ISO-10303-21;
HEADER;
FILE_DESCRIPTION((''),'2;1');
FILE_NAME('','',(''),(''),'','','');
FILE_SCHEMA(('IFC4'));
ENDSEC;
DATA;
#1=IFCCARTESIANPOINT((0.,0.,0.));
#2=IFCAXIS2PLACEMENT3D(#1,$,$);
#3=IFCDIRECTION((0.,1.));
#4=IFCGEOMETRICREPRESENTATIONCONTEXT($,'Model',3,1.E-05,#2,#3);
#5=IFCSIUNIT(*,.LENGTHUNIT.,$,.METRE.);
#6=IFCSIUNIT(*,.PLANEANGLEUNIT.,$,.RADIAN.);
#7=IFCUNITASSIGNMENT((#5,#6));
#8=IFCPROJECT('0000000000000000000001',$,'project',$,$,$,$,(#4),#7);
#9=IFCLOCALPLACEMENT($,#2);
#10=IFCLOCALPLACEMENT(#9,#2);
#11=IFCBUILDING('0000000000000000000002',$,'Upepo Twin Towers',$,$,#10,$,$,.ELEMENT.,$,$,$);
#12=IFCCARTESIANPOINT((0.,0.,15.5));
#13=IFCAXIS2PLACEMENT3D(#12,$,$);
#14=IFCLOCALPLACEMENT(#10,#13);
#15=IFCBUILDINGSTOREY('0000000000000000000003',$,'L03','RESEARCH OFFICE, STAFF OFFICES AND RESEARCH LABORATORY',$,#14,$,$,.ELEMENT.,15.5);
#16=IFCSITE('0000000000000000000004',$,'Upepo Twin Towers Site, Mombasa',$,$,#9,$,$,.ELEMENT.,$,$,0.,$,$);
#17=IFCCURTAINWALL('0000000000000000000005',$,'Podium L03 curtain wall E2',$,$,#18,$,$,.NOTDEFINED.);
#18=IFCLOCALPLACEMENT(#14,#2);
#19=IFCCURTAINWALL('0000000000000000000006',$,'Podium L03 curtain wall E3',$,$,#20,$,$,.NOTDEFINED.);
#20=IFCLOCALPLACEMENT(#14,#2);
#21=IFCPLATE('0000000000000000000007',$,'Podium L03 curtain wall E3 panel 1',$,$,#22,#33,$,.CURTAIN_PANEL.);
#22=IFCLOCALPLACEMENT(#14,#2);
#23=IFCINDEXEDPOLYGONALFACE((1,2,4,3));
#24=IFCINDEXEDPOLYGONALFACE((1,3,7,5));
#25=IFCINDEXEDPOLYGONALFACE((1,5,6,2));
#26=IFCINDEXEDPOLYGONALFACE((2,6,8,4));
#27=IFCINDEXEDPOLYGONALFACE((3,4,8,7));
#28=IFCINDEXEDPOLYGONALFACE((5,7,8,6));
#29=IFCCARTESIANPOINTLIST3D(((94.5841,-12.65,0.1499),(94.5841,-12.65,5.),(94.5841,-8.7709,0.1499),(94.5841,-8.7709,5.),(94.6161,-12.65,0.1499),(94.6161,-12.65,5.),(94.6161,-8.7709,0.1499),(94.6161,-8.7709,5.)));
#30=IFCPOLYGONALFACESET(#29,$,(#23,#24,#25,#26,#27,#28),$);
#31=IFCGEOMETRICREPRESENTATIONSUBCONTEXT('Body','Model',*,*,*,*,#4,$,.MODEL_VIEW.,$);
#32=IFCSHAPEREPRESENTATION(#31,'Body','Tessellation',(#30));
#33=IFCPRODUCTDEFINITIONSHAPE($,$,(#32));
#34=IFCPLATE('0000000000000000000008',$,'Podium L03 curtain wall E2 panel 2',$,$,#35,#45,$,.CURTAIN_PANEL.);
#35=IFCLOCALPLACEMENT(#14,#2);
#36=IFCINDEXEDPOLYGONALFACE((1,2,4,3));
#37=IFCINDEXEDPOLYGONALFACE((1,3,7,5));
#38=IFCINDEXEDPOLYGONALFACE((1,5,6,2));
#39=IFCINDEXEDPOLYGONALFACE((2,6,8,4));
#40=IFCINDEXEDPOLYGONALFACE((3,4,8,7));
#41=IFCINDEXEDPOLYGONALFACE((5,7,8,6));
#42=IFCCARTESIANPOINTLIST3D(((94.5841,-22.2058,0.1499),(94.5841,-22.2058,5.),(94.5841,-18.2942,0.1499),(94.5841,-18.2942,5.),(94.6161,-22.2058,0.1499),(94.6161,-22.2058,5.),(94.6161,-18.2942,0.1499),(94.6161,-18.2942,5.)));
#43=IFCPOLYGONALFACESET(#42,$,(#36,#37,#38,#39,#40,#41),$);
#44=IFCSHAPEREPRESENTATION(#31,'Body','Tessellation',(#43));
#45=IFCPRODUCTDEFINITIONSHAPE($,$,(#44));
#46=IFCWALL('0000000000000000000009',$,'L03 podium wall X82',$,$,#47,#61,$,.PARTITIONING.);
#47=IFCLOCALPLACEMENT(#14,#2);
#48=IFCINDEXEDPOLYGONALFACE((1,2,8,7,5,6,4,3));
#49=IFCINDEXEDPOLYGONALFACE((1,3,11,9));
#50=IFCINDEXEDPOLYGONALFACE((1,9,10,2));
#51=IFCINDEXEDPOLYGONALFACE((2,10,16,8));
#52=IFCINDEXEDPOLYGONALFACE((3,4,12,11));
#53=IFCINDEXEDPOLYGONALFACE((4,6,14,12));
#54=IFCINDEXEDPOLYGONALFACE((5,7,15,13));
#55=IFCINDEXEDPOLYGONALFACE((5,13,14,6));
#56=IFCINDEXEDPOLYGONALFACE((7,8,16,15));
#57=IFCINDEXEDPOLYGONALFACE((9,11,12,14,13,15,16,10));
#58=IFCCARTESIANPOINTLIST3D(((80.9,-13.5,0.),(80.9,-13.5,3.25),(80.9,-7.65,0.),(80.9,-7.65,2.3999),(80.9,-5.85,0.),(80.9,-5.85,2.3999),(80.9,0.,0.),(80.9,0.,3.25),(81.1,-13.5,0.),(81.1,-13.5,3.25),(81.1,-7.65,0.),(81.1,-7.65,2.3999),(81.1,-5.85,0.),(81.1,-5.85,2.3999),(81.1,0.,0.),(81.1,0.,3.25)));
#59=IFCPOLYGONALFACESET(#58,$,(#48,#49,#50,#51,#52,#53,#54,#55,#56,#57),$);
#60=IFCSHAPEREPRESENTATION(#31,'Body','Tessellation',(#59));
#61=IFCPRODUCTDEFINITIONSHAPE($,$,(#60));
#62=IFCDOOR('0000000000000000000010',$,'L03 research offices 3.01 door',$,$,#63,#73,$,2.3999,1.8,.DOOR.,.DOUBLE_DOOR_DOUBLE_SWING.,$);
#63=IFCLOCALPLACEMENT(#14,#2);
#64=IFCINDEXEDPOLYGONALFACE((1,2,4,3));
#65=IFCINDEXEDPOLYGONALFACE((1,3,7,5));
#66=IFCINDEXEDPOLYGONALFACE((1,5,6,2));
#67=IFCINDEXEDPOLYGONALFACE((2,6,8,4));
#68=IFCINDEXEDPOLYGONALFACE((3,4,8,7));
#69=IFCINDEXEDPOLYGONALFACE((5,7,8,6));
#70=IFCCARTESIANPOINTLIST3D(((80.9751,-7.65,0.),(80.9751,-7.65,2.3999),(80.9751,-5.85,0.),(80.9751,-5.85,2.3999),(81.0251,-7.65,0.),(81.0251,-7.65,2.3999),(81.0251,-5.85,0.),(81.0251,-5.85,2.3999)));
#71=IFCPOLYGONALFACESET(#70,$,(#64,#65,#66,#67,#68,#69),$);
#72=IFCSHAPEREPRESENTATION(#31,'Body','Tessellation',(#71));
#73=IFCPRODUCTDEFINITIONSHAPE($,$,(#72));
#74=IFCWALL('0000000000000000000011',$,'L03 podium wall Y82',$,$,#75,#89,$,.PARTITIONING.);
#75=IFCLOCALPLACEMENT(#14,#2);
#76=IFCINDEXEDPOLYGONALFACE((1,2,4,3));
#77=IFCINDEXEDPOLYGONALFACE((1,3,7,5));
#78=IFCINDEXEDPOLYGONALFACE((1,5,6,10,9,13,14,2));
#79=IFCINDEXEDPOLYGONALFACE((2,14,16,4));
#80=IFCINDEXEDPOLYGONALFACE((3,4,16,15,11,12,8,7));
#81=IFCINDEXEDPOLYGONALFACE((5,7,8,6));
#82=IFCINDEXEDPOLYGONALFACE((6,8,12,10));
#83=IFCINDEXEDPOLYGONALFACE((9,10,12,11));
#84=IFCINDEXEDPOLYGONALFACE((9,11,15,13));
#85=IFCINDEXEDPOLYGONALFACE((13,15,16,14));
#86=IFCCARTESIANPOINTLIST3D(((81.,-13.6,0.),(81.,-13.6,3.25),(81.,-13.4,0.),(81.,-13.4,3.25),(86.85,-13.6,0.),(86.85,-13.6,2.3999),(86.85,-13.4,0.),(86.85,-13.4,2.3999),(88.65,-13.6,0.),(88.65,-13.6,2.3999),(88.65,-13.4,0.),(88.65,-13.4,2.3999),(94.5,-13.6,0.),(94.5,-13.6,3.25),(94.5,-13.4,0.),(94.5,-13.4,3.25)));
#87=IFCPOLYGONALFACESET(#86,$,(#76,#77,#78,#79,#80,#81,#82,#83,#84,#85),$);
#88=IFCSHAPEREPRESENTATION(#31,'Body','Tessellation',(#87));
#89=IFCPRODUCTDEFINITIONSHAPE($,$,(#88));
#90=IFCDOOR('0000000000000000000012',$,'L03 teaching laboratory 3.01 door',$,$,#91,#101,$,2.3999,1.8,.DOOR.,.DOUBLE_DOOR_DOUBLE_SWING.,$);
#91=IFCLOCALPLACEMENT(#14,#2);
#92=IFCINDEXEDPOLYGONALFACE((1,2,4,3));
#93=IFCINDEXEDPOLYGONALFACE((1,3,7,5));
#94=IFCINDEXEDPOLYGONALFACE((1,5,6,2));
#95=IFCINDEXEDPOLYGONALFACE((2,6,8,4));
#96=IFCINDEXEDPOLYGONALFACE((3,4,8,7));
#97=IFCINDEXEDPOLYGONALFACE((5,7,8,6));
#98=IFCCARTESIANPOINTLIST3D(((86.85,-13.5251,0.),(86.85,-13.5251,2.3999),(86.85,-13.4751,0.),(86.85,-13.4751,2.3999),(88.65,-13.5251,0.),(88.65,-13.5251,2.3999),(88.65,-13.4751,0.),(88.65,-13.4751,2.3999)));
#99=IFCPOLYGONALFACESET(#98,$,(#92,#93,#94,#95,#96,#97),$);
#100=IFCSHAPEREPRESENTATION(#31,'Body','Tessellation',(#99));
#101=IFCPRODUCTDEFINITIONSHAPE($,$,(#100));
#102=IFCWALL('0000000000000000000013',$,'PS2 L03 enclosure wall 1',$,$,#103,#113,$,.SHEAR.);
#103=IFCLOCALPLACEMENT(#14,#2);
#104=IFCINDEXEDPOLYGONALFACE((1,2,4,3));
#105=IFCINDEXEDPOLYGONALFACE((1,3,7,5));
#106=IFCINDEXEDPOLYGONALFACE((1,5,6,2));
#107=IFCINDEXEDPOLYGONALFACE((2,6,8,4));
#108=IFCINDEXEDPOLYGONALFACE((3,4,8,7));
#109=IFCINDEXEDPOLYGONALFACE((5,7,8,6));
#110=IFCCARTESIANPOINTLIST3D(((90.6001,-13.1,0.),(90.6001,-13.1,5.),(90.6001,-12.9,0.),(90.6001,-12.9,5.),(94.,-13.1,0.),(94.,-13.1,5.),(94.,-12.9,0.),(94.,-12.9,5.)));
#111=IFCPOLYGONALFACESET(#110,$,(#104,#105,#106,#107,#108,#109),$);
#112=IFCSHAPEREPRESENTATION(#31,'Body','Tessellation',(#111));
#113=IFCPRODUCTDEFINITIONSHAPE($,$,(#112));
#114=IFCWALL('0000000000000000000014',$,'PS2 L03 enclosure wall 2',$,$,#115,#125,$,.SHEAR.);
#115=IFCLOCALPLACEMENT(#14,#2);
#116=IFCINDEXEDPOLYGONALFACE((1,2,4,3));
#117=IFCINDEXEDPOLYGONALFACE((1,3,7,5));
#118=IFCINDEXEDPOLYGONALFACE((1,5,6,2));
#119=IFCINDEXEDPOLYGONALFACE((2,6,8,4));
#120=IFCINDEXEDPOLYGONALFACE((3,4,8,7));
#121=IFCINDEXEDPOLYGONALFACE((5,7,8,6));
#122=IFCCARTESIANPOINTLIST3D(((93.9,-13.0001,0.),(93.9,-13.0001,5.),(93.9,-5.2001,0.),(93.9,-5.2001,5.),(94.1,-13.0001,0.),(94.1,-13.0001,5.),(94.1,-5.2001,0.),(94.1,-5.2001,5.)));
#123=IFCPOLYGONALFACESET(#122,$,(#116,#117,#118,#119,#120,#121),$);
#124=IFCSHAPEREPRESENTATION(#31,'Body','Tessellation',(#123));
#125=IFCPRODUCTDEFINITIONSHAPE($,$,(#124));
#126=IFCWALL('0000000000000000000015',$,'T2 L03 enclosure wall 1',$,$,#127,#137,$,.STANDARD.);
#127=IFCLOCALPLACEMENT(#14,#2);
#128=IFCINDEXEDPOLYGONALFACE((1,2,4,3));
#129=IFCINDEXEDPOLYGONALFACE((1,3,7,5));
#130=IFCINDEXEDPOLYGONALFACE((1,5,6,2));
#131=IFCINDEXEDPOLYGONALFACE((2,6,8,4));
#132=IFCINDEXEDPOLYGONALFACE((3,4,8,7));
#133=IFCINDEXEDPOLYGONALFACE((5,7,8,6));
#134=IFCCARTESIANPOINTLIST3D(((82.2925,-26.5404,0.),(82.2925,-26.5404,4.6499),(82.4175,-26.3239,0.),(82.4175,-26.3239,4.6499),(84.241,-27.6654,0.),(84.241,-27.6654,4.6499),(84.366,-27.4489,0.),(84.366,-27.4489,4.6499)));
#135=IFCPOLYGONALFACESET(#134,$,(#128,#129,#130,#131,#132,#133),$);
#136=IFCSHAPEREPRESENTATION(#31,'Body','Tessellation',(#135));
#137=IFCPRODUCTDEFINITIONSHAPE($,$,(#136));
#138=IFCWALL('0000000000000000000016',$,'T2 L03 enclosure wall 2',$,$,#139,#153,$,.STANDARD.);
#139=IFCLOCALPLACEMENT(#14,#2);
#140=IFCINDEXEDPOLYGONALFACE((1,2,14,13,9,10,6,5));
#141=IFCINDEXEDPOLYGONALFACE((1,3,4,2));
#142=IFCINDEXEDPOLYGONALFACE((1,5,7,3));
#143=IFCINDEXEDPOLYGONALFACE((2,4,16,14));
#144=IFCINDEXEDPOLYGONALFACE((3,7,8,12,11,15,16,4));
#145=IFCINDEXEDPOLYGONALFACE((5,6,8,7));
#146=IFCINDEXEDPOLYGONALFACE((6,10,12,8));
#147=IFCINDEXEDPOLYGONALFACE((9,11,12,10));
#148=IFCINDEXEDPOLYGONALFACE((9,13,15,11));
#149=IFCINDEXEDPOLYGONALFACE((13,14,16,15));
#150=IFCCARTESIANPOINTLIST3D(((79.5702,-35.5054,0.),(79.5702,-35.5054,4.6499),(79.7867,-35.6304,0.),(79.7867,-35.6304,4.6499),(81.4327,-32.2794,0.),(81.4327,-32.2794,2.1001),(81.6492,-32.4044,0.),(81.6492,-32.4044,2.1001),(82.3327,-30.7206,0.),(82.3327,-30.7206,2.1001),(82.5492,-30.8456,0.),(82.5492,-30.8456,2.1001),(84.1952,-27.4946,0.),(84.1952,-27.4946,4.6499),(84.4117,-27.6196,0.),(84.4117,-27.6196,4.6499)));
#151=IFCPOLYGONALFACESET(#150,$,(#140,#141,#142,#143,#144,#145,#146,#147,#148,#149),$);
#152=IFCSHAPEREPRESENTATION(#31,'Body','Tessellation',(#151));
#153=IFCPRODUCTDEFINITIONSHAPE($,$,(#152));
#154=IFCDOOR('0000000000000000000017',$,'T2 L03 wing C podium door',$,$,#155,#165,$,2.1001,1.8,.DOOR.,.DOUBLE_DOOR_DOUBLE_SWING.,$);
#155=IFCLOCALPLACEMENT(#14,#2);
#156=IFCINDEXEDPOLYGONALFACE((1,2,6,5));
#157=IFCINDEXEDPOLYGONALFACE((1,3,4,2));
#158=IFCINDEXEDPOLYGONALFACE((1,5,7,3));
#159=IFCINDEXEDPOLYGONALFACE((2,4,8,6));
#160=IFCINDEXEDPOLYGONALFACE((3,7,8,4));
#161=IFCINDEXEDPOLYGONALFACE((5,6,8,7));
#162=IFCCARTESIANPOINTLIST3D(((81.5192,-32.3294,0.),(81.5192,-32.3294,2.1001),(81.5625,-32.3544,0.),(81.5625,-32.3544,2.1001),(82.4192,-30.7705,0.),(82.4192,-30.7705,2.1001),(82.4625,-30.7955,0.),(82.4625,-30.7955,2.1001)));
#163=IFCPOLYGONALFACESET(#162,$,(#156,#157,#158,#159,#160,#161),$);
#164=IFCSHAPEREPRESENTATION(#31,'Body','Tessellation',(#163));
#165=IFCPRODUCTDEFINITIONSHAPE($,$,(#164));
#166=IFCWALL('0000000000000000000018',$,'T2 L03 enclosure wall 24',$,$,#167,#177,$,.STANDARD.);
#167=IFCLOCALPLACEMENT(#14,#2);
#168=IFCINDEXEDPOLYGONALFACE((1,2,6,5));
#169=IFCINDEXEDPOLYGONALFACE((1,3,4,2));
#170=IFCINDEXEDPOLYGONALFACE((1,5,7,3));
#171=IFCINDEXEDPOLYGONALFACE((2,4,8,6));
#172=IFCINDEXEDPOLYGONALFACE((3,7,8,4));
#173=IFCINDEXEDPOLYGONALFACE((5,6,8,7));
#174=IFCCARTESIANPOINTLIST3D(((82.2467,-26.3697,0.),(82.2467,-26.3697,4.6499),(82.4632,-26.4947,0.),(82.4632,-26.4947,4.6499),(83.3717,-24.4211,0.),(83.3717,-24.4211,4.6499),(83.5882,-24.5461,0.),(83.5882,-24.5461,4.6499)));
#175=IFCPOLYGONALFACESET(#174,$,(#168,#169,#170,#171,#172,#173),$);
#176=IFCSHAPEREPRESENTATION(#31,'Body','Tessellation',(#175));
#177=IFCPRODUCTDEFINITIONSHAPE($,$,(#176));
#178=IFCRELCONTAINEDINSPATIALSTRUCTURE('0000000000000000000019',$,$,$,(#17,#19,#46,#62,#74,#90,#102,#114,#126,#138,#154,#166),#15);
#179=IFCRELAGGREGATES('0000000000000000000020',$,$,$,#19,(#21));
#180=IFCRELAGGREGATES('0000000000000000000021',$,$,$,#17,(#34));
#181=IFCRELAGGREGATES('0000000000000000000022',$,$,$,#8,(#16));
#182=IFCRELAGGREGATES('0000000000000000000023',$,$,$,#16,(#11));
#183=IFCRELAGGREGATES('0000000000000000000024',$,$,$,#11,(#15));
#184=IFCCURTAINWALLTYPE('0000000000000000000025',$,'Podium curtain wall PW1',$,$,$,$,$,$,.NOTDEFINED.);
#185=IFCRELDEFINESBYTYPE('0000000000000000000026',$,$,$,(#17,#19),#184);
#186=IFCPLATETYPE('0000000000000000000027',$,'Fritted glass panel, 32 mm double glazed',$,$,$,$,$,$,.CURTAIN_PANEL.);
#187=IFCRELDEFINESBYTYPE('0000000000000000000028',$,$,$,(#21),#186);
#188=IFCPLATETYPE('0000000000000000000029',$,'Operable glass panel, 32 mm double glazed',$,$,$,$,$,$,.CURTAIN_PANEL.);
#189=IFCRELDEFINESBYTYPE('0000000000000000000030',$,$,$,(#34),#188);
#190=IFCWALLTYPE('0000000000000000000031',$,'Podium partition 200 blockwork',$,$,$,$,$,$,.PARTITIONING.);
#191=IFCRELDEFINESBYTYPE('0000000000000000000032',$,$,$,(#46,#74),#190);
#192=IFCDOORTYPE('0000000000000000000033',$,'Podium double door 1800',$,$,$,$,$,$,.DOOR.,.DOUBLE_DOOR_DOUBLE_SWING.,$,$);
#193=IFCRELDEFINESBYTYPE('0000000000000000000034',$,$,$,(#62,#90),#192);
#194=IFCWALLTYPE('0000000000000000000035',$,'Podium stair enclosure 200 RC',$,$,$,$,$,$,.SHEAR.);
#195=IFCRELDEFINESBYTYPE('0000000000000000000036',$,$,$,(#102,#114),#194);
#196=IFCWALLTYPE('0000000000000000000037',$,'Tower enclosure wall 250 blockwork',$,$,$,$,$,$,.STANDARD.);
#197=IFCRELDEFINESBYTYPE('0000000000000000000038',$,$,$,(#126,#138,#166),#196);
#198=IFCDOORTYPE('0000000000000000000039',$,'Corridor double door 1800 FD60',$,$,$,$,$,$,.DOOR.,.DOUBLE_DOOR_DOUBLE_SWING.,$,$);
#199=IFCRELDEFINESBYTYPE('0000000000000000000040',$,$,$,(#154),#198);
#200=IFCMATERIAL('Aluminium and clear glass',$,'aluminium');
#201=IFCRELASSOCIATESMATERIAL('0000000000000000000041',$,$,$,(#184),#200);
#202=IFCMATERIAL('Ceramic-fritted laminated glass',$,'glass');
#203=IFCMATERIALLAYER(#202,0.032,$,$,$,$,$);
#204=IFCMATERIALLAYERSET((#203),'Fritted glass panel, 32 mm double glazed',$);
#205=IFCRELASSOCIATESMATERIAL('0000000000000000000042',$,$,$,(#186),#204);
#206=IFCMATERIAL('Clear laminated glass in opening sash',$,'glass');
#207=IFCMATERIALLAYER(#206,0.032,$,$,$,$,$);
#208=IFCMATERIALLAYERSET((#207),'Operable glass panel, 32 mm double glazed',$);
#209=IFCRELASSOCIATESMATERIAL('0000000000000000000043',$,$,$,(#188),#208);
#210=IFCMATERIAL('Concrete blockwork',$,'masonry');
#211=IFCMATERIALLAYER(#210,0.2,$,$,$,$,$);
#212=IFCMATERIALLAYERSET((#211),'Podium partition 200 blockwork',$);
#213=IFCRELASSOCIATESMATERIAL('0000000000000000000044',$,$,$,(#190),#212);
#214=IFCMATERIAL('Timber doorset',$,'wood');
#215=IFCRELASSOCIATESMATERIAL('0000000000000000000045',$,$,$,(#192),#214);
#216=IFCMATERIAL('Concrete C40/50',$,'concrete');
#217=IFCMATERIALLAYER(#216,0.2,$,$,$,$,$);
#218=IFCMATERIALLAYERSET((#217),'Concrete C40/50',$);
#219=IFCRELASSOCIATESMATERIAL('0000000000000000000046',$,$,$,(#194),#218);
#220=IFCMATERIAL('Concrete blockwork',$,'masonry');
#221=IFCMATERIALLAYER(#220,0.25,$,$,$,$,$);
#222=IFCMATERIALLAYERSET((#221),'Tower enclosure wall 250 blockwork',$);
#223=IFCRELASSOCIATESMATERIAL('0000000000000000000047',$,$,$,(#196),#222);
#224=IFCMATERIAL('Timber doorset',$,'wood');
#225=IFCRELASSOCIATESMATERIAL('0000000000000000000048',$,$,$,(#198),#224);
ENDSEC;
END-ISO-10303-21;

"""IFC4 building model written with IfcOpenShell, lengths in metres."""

from ifc_helpers import new_model, si_unit, direction, frame, frame_2d, origin, origin_2d, place, context, subcontext, project, spatial, rectangle, extrude, material, layer, layer_set, type_object, element, fill, aggregate, save


model = new_model("IFC4")

# Units and contexts
model_context = context("Model", 3, precision=1e-05, world=origin(), true_north=direction((0.0, 1.0)))
body_context = subcontext(model_context, "Body", "Model", "MODEL_VIEW")
ifc_project = project(units=[si_unit("LENGTHUNIT", "METRE"), si_unit("PLANEANGLEUNIT", "RADIAN")], contexts=[model_context])

# Site, building, storey
site_placement = place(None, origin())
site = spatial("IfcSite", under=ifc_project, at=site_placement, Name="Upepo Twin Towers Site, Mombasa", CompositionType="ELEMENT", RefElevation=0.0)
building_placement = place(site_placement, origin())
building = spatial("IfcBuilding", under=site, at=building_placement, Name="Upepo Twin Towers", CompositionType="ELEMENT")
storey_placement = place(building_placement, frame((0.0, 0.0, 15.5)))
storey = spatial("IfcBuildingStorey", under=building, at=storey_placement, Name="L03", Description="RESEARCH OFFICE, STAFF OFFICES AND RESEARCH LABORATORY", CompositionType="ELEMENT", Elevation=15.5)

# Curtain walls
ifc_material_1 = material(Name="Aluminium and clear glass", Category="aluminium")
curtain_wall_type = type_object("IfcCurtainWallType", Name="Podium curtain wall PW1", PredefinedType="NOTDEFINED", material=ifc_material_1)
curtain_wall_1_placement = place(storey_placement, origin())
curtain_wall_1 = element("IfcCurtainWall", 1, at=curtain_wall_1_placement, inside=storey, type_object=curtain_wall_type, Name="Podium L03 curtain wall E2", PredefinedType="NOTDEFINED")
curtain_wall_2_placement = place(storey_placement, origin())
curtain_wall_2 = element("IfcCurtainWall", 2, at=curtain_wall_2_placement, inside=storey, type_object=curtain_wall_type, Name="Podium L03 curtain wall E3", PredefinedType="NOTDEFINED")

# Plates
ifc_material_2 = material(Name="Ceramic-fritted laminated glass", Category="glass")
ifc_layer_1 = layer(ifc_material_2, 0.032)
ifc_layer_set_1 = layer_set([ifc_layer_1], Name="Fritted glass panel, 32 mm double glazed")
plate_type_1 = type_object("IfcPlateType", Name="Fritted glass panel, 32 mm double glazed", PredefinedType="CURTAIN_PANEL", material=ifc_layer_set_1)
plate_1_placement = place(storey_placement, frame((94.6001, -10.7104, 0.1499), z_axis=(0.0, 0.0, 1.0), x_axis=(0.0, 1.0, 0.0)))
plate_1 = element("IfcPlate", 3, at=plate_1_placement, type_object=plate_type_1, Name="Podium L03 curtain wall E3 panel 1", PredefinedType="CURTAIN_PANEL", context=body_context, shape_type="SweptSolid", body=[
    extrude(rectangle(XDim=3.8792, YDim=0.032, at=origin_2d()), origin(), (0.0, 0.0, 1.0), 4.8501),
])
aggregate(curtain_wall_2, [plate_1])
ifc_material_3 = material(Name="Clear laminated glass in opening sash", Category="glass")
ifc_layer_2 = layer(ifc_material_3, 0.032)
ifc_layer_set_2 = layer_set([ifc_layer_2], Name="Operable glass panel, 32 mm double glazed")
plate_type_2 = type_object("IfcPlateType", Name="Operable glass panel, 32 mm double glazed", PredefinedType="CURTAIN_PANEL", material=ifc_layer_set_2)
plate_2_placement = place(storey_placement, frame((94.6001, -20.25, 0.1499), z_axis=(0.0, 0.0, 1.0), x_axis=(0.0, 1.0, 0.0)))
plate_2 = element("IfcPlate", 4, at=plate_2_placement, type_object=plate_type_2, Name="Podium L03 curtain wall E2 panel 2", PredefinedType="CURTAIN_PANEL", context=body_context, shape_type="SweptSolid", body=[
    extrude(rectangle(XDim=3.9116, YDim=0.032, at=origin_2d()), origin(), (0.0, 0.0, 1.0), 4.8501),
])
aggregate(curtain_wall_1, [plate_2])

# Walls, openings, doors
ifc_material_4 = material(Name="Concrete blockwork", Category="masonry")
ifc_layer_3 = layer(ifc_material_4, 0.2)
ifc_layer_set_3 = layer_set([ifc_layer_3], Name="Podium partition 200 blockwork")
wall_type_1 = type_object("IfcWallType", Name="Podium partition 200 blockwork", PredefinedType="PARTITIONING", material=ifc_layer_set_3)
wall_1_placement = place(storey_placement, frame((81.0, -13.5, 0.0), z_axis=(0.0, 0.0, 1.0), x_axis=(0.0, 1.0, 0.0)))
wall_1 = element("IfcWall", 5, at=wall_1_placement, inside=storey, type_object=wall_type_1, Name="L03 podium wall X82", PredefinedType="PARTITIONING", context=body_context, shape_type="SweptSolid", body=[
    extrude(rectangle(XDim=13.5, YDim=0.2, at=frame_2d((6.75, 0.0))), origin(), (0.0, 0.0, 1.0), 3.25),
])
opening_1_placement = place(wall_1_placement, frame((5.8501, 0.0, 0.0)))
opening_1 = element("IfcOpeningElement", 6, at=opening_1_placement, cuts=wall_1, PredefinedType="OPENING", context=body_context, shape_type="SweptSolid", body=[
    extrude(rectangle(XDim=1.8, YDim=2.3999, at=frame_2d((0.8999, 1.2))), frame((0.0, 0.1099, 0.0), z_axis=(0.0, -1.0, 0.0), x_axis=(1.0, 0.0, 0.0)), (0.0, 0.0, 1.0), 0.22),
])
ifc_material_5 = material(Name="Timber doorset", Category="wood")
door_type_1 = type_object("IfcDoorType", Name="Podium double door 1800", OperationType="DOUBLE_DOOR_DOUBLE_SWING", PredefinedType="DOOR", material=ifc_material_5)
door_1_placement = place(opening_1_placement, origin())
door_1 = element("IfcDoor", 7, at=door_1_placement, inside=storey, type_object=door_type_1, Name="L03 research offices 3.01 door", OperationType="DOUBLE_DOOR_DOUBLE_SWING", OverallHeight=2.3999, OverallWidth=1.8, PredefinedType="DOOR", context=body_context, shape_type="SweptSolid", body=[
    extrude(rectangle(XDim=1.8, YDim=2.3999, at=frame_2d((0.8999, 1.2))), frame((0.0, 0.0249, 0.0), z_axis=(0.0, -1.0, 0.0), x_axis=(1.0, 0.0, 0.0)), (0.0, 0.0, 1.0), 0.05),
])
fill(opening_1, door_1)
wall_2_placement = place(storey_placement, frame((81.0, -13.5, 0.0), z_axis=(0.0, 0.0, 1.0), x_axis=(1.0, 0.0, 0.0)))
wall_2 = element("IfcWall", 8, at=wall_2_placement, inside=storey, type_object=wall_type_1, Name="L03 podium wall Y82", PredefinedType="PARTITIONING", context=body_context, shape_type="SweptSolid", body=[
    extrude(rectangle(XDim=13.5, YDim=0.2, at=frame_2d((6.75, 0.0))), origin(), (0.0, 0.0, 1.0), 3.25),
])
opening_2_placement = place(wall_2_placement, frame((5.8501, 0.0, 0.0)))
opening_2 = element("IfcOpeningElement", 9, at=opening_2_placement, cuts=wall_2, PredefinedType="OPENING", context=body_context, shape_type="SweptSolid", body=[
    extrude(rectangle(XDim=1.8, YDim=2.3999, at=frame_2d((0.8999, 1.2))), frame((0.0, 0.1099, 0.0), z_axis=(0.0, -1.0, 0.0), x_axis=(1.0, 0.0, 0.0)), (0.0, 0.0, 1.0), 0.22),
])
door_2_placement = place(opening_2_placement, origin())
door_2 = element("IfcDoor", 10, at=door_2_placement, inside=storey, type_object=door_type_1, Name="L03 teaching laboratory 3.01 door", OperationType="DOUBLE_DOOR_DOUBLE_SWING", OverallHeight=2.3999, OverallWidth=1.8, PredefinedType="DOOR", context=body_context, shape_type="SweptSolid", body=[
    extrude(rectangle(XDim=1.8, YDim=2.3999, at=frame_2d((0.8999, 1.2))), frame((0.0, 0.0249, 0.0), z_axis=(0.0, -1.0, 0.0), x_axis=(1.0, 0.0, 0.0)), (0.0, 0.0, 1.0), 0.05),
])
fill(opening_2, door_2)

# Walls
ifc_material_6 = material(Name="Concrete C40/50", Category="concrete")
ifc_layer_4 = layer(ifc_material_6, 0.2)
ifc_layer_set_4 = layer_set([ifc_layer_4], Name="Concrete C40/50")
wall_type_2 = type_object("IfcWallType", Name="Podium stair enclosure 200 RC", PredefinedType="SHEAR", material=ifc_layer_set_4)
wall_3_placement = place(storey_placement, frame((90.6001, -13.0, 0.0), z_axis=(0.0, 0.0, 1.0), x_axis=(1.0, 0.0, 0.0)))
element("IfcWall", 11, at=wall_3_placement, inside=storey, type_object=wall_type_2, Name="PS2 L03 enclosure wall 1", PredefinedType="SHEAR", context=body_context, shape_type="SweptSolid", body=[
    extrude(rectangle(XDim=3.3999, YDim=0.2, at=frame_2d((1.7, 0.0))), origin(), (0.0, 0.0, 1.0), 5.0),
])
wall_4_placement = place(storey_placement, frame((94.0, -13.0, 0.0), z_axis=(0.0, 0.0, 1.0), x_axis=(0.0, 1.0, 0.0)))
element("IfcWall", 12, at=wall_4_placement, inside=storey, type_object=wall_type_2, Name="PS2 L03 enclosure wall 2", PredefinedType="SHEAR", context=body_context, shape_type="SweptSolid", body=[
    extrude(rectangle(XDim=7.8, YDim=0.2, at=frame_2d((3.8999, 0.0))), origin(), (0.0, 0.0, 1.0), 5.0),
])
ifc_material_7 = material(Name="Concrete blockwork", Category="masonry")
ifc_layer_5 = layer(ifc_material_7, 0.25)
ifc_layer_set_5 = layer_set([ifc_layer_5], Name="Tower enclosure wall 250 blockwork")
wall_type_3 = type_object("IfcWallType", Name="Tower enclosure wall 250 blockwork", PredefinedType="STANDARD", material=ifc_layer_set_5)
wall_5_placement = place(storey_placement, frame((82.355, -26.4321, 0.0), z_axis=(0.0, 0.0, 1.0), x_axis=(0.866018, -0.500014, 0.0)))
element("IfcWall", 13, at=wall_5_placement, inside=storey, type_object=wall_type_3, Name="T2 L03 enclosure wall 1", PredefinedType="STANDARD", context=body_context, shape_type="SweptSolid", body=[
    extrude(rectangle(XDim=2.25, YDim=0.25, at=frame_2d((1.125, 0.0))), origin(), (0.0, 0.0, 1.0), 4.6499),
])

# Wall, opening, door
wall_6_placement = place(storey_placement, frame((84.3035, -27.5571, 0.0), z_axis=(0.0, 0.0, 1.0), x_axis=(-0.5, -0.866026, 0.0)))
wall_6 = element("IfcWall", 14, at=wall_6_placement, inside=storey, type_object=wall_type_3, Name="T2 L03 enclosure wall 2", PredefinedType="STANDARD", context=body_context, shape_type="SweptSolid", body=[
    extrude(rectangle(XDim=9.25, YDim=0.25, at=frame_2d((4.625, 0.0))), origin(), (0.0, 0.0, 1.0), 4.6499),
])
opening_3_placement = place(wall_6_placement, frame((3.7251, 0.0, 0.0)))
opening_3 = element("IfcOpeningElement", 15, at=opening_3_placement, cuts=wall_6, PredefinedType="OPENING", context=body_context, shape_type="SweptSolid", body=[
    extrude(rectangle(XDim=1.8, YDim=2.1001, at=frame_2d((0.8999, 1.05))), frame((0.0, 0.135, 0.0), z_axis=(0.0, -1.0, 0.0), x_axis=(1.0, 0.0, 0.0)), (0.0, 0.0, 1.0), 0.27),
])
ifc_material_8 = material(Name="Timber doorset", Category="wood")
door_type_2 = type_object("IfcDoorType", Name="Corridor double door 1800 FD60", OperationType="DOUBLE_DOOR_DOUBLE_SWING", PredefinedType="DOOR", material=ifc_material_8)
door_3_placement = place(opening_3_placement, origin())
door_3 = element("IfcDoor", 16, at=door_3_placement, inside=storey, type_object=door_type_2, Name="T2 L03 wing C podium door", OperationType="DOUBLE_DOOR_DOUBLE_SWING", OverallHeight=2.1001, OverallWidth=1.8, PredefinedType="DOOR", context=body_context, shape_type="SweptSolid", body=[
    extrude(rectangle(XDim=1.8, YDim=2.1001, at=frame_2d((0.8999, 1.05))), frame((0.0, 0.0249, 0.0), z_axis=(0.0, -1.0, 0.0), x_axis=(1.0, 0.0, 0.0)), (0.0, 0.0, 1.0), 0.05),
])
fill(opening_3, door_3)

# Wall
wall_7_placement = place(storey_placement, frame((83.48, -24.4836, 0.0), z_axis=(0.0, 0.0, 1.0), x_axis=(-0.500014, -0.866018, 0.0)))
element("IfcWall", 17, at=wall_7_placement, inside=storey, type_object=wall_type_3, Name="T2 L03 enclosure wall 24", PredefinedType="STANDARD", context=body_context, shape_type="SweptSolid", body=[
    extrude(rectangle(XDim=2.25, YDim=0.25, at=frame_2d((1.125, 0.0))), origin(), (0.0, 0.0, 1.0), 4.6499),
])

save(model, "model.ifc")
